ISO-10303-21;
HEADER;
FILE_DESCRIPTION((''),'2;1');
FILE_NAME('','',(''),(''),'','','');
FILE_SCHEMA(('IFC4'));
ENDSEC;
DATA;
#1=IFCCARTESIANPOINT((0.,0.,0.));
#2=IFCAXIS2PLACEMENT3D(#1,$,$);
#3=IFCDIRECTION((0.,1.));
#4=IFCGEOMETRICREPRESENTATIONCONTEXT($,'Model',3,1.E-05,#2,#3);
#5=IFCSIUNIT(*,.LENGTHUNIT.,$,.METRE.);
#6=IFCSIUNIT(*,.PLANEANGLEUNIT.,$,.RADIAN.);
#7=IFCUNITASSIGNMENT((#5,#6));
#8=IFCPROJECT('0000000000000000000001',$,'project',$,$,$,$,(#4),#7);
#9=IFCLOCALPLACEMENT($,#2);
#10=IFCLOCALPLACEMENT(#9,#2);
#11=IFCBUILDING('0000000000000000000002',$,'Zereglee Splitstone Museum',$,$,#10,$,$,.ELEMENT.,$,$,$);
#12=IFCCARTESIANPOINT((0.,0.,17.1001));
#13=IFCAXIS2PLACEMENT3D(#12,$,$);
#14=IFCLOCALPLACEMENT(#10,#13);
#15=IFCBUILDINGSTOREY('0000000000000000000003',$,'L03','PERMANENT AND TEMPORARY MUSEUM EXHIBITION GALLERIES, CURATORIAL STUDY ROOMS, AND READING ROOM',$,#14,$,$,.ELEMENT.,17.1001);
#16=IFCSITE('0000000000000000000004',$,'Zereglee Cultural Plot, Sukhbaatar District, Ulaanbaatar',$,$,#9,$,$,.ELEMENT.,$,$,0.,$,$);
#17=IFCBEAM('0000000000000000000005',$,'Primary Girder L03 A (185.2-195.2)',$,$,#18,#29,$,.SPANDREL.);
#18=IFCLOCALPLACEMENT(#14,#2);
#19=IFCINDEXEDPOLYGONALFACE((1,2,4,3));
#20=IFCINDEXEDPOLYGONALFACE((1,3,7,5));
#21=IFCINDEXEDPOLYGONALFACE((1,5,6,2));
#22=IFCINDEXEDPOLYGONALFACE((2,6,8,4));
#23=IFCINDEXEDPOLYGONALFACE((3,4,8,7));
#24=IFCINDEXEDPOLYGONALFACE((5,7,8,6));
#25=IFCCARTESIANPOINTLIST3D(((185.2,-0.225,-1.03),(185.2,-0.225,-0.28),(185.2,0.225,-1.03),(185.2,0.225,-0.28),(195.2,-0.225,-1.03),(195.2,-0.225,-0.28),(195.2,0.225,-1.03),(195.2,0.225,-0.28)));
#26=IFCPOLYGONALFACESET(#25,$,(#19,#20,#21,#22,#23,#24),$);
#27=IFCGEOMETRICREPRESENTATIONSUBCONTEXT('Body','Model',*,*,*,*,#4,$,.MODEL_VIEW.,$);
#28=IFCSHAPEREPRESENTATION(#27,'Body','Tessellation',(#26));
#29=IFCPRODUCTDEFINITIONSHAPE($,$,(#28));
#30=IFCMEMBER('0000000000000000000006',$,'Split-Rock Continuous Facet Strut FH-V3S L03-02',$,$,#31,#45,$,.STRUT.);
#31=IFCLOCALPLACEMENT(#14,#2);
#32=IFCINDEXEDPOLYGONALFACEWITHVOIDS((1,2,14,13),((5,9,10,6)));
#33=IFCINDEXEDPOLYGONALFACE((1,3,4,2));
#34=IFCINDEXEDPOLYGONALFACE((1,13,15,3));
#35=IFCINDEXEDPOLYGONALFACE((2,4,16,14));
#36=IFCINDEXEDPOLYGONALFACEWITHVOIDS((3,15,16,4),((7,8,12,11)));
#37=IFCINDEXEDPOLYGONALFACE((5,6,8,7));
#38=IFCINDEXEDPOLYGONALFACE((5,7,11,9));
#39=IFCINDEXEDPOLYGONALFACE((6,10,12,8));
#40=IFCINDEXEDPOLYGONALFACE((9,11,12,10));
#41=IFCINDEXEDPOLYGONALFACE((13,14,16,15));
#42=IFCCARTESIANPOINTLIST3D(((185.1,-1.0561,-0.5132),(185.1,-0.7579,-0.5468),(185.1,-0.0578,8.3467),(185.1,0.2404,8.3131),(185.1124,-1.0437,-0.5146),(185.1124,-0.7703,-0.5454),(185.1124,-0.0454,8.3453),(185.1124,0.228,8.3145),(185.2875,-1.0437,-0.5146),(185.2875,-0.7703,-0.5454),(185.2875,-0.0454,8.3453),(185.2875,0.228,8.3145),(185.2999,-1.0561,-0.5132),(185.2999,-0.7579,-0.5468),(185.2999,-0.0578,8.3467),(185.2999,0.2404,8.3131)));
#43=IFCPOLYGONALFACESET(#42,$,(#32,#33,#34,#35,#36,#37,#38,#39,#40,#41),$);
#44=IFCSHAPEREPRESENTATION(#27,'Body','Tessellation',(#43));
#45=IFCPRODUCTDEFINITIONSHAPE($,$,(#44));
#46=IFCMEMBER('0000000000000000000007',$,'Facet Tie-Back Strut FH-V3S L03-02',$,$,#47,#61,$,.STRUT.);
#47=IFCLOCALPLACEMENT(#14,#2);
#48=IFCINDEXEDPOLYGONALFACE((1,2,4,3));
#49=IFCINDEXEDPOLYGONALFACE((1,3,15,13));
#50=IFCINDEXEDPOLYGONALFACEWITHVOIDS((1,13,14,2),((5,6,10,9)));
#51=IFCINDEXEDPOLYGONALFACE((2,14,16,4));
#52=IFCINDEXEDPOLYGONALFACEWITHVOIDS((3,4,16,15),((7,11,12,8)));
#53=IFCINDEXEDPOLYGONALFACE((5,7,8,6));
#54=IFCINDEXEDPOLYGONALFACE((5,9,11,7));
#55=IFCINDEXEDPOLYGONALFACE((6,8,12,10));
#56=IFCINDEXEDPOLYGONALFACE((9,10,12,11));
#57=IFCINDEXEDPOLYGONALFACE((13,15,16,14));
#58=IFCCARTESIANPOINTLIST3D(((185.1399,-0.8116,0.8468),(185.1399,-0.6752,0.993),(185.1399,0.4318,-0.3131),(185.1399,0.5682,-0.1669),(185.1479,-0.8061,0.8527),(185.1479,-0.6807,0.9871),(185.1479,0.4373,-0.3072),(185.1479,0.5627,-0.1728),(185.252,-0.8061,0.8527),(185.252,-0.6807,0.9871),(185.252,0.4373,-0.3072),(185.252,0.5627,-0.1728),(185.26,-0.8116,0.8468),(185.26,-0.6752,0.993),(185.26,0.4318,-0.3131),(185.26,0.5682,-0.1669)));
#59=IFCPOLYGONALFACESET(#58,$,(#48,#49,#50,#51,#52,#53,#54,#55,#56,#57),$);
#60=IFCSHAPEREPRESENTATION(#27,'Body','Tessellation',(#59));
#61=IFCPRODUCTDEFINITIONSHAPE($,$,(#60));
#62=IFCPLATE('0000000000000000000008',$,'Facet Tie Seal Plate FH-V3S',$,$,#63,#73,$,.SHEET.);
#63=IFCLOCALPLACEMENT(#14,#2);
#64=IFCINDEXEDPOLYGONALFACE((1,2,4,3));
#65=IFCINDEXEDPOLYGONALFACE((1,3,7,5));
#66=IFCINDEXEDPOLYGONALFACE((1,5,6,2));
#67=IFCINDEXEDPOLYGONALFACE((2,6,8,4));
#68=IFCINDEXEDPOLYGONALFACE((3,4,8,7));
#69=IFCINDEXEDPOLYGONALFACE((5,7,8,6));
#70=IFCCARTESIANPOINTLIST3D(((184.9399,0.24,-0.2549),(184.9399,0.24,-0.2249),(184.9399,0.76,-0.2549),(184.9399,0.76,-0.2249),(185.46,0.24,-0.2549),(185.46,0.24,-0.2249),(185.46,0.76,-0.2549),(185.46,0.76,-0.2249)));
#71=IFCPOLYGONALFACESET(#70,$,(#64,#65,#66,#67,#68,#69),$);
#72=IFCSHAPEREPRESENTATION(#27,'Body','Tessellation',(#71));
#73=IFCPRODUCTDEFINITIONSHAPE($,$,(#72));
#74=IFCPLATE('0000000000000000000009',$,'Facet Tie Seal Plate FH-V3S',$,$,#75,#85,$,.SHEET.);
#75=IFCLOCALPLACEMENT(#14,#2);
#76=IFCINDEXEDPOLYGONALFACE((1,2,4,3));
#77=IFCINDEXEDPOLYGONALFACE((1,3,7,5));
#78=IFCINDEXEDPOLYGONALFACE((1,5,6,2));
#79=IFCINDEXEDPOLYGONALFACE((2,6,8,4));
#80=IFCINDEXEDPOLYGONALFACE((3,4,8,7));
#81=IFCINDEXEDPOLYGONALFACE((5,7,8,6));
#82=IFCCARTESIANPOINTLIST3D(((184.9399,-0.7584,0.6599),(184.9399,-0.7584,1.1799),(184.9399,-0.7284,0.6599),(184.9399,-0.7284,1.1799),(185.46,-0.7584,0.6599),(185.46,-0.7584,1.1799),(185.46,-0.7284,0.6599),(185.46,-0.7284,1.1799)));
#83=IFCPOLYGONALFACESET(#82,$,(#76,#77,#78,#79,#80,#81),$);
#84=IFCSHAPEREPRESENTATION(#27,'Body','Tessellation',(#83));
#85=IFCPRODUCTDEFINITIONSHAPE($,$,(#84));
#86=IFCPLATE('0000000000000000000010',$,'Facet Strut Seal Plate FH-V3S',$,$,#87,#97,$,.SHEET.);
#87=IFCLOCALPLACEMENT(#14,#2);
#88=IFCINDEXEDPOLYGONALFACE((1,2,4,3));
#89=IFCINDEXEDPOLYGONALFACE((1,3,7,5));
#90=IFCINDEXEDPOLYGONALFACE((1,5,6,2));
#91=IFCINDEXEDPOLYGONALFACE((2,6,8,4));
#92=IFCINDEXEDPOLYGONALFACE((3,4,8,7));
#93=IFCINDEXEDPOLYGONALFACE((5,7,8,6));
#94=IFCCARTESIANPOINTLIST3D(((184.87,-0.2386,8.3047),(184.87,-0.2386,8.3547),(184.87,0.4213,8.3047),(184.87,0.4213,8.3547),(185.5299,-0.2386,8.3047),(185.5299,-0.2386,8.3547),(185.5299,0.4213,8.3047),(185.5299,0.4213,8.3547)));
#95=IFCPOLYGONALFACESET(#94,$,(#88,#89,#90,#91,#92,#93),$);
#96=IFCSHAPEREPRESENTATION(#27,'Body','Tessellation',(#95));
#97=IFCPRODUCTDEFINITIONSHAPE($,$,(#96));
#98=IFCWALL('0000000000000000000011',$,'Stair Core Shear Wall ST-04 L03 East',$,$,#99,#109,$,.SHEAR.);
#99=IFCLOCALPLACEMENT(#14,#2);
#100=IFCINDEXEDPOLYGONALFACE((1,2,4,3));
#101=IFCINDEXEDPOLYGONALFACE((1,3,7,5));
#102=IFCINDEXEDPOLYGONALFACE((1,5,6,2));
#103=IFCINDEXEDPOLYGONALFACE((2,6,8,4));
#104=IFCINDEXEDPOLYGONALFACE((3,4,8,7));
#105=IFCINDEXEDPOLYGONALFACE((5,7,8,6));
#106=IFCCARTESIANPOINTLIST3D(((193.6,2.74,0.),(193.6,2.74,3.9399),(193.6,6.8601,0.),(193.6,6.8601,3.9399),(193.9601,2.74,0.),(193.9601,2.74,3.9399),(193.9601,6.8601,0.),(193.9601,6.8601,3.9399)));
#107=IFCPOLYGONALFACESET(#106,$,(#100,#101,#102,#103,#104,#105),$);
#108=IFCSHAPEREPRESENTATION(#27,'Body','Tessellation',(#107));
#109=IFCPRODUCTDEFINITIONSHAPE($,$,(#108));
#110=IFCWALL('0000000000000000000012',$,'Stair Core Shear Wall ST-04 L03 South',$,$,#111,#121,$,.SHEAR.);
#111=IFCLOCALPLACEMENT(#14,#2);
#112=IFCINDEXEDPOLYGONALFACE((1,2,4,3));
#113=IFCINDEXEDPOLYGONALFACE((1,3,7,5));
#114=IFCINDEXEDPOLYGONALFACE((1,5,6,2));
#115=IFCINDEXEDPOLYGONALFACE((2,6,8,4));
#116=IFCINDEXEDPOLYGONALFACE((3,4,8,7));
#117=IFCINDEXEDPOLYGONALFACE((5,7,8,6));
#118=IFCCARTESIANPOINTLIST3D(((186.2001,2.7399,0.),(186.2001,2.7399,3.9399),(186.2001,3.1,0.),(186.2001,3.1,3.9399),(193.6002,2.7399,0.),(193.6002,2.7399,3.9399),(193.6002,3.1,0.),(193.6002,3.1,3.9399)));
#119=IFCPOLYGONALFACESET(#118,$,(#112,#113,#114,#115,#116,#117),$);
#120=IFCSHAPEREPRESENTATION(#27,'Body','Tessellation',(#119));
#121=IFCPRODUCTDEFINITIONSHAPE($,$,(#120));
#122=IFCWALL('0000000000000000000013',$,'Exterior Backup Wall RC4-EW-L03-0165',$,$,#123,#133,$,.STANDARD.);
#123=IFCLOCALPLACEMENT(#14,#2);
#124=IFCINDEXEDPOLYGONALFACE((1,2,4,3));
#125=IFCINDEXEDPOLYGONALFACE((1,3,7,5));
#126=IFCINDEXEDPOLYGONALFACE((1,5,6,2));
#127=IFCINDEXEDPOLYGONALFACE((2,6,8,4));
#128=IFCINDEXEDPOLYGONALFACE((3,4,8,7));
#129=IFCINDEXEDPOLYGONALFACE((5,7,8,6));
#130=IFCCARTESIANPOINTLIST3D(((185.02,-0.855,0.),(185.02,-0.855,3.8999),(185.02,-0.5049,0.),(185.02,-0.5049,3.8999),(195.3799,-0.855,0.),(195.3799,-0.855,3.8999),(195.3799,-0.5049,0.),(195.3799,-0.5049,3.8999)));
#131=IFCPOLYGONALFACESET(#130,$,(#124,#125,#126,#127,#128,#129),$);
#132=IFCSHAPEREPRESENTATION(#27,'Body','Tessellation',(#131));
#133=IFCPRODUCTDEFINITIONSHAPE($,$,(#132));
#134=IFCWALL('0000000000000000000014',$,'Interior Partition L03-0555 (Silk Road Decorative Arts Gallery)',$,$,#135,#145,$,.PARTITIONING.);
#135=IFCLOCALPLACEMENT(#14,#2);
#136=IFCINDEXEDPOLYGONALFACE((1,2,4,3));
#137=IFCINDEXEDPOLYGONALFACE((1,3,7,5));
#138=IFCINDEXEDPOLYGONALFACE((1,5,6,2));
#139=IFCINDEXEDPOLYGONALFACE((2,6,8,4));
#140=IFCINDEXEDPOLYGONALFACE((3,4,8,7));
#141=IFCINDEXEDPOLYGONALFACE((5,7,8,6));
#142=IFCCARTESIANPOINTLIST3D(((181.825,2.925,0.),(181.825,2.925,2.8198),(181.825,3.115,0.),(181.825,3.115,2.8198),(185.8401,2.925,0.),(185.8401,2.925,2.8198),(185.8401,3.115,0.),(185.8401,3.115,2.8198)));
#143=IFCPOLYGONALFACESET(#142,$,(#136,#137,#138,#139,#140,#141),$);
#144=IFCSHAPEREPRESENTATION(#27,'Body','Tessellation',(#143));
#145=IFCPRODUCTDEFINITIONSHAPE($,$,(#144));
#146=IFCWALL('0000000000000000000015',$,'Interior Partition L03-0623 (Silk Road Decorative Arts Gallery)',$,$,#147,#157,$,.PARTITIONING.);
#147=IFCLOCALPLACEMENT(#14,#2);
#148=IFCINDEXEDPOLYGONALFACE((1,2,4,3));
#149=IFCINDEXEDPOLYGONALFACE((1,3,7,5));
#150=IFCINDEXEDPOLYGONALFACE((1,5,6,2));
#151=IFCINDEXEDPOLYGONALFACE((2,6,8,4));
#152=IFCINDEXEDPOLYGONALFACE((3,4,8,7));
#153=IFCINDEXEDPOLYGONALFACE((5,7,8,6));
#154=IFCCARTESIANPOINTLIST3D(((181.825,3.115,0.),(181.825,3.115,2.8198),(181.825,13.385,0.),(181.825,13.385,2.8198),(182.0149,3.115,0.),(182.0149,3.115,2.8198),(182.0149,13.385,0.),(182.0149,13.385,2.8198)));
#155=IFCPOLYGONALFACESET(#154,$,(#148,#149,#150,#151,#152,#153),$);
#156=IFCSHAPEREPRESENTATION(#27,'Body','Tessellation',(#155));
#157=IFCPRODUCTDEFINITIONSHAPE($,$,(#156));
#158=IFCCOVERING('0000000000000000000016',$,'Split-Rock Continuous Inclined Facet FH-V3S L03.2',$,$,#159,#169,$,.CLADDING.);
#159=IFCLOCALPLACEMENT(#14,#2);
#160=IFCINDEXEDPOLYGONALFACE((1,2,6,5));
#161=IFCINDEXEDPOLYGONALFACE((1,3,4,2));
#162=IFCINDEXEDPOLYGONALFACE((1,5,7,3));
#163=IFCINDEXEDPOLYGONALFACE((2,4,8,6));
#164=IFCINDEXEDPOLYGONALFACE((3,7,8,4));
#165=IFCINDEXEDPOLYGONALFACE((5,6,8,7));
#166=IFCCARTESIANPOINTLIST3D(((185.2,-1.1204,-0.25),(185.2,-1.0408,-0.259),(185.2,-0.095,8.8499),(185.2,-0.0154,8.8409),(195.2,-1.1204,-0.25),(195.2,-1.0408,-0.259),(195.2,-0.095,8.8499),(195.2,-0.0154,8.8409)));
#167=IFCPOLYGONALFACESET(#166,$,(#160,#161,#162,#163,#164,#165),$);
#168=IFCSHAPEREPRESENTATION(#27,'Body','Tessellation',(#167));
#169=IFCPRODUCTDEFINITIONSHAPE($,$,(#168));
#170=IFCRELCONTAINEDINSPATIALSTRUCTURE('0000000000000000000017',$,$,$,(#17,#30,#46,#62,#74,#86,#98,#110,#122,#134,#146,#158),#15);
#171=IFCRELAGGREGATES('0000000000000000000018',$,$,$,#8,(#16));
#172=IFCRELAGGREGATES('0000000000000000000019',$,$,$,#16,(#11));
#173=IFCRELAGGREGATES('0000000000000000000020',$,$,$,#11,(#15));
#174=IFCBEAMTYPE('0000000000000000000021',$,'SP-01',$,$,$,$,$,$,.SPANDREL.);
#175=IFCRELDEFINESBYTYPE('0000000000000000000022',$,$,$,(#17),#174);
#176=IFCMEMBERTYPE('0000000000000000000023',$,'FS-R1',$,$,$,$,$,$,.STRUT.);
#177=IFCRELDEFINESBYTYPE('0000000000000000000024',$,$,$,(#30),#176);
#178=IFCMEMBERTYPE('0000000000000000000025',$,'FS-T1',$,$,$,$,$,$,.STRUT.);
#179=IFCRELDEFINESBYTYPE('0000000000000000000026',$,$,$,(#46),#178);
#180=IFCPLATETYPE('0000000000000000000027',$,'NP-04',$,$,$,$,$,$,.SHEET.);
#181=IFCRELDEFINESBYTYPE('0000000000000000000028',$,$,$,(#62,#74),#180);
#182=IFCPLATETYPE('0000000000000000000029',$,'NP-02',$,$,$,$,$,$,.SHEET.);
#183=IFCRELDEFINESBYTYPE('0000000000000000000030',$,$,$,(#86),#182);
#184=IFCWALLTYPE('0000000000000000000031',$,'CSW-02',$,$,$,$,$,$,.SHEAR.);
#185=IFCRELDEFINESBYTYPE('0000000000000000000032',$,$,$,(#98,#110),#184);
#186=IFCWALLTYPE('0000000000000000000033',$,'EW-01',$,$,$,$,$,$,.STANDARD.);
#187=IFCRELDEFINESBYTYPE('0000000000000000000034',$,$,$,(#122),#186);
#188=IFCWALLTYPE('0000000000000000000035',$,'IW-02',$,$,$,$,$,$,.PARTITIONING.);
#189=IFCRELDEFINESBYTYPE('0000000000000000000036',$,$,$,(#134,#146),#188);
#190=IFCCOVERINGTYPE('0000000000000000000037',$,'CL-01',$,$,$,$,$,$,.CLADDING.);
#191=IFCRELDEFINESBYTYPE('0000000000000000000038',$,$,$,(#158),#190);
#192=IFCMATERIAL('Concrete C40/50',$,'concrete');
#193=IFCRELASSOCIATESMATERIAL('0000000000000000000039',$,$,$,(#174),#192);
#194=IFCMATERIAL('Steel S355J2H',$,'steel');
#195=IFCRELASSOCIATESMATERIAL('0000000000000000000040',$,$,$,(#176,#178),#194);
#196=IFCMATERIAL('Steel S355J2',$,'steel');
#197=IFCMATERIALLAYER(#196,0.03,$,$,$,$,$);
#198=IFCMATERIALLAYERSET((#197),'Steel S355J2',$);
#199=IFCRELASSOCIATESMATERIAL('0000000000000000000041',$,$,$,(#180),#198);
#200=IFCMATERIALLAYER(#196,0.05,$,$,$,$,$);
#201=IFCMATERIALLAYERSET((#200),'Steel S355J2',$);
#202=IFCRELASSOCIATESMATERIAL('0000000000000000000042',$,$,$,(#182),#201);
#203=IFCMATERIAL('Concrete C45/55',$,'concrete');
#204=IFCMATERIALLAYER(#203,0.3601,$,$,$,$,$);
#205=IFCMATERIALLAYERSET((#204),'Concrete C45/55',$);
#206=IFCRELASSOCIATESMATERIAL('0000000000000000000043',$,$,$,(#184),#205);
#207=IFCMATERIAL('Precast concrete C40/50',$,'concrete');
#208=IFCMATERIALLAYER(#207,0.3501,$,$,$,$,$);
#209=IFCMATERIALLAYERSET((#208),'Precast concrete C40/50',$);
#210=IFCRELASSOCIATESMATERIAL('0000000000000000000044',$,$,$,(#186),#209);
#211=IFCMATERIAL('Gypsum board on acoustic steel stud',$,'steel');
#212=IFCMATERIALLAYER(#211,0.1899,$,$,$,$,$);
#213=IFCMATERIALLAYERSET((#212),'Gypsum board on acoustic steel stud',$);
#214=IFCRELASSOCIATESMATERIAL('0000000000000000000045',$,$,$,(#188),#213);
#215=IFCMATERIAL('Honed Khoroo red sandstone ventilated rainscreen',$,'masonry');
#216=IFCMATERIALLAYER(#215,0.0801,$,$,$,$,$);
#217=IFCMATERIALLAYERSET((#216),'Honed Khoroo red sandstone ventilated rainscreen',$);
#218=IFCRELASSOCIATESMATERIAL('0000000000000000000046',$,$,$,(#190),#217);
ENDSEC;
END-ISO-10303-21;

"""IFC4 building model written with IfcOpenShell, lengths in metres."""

from ifc_helpers import new_model, si_unit, direction, frame, frame_2d, origin, origin_2d, place, context, subcontext, project, spatial, polyline, rectangle, hollow_rectangle, outline, extrude, material, layer, layer_set, material_profile, profile_set, type_object, element, save


model = new_model("IFC4")

# Units and contexts
model_context = context("Model", 3, precision=1e-05, world=origin(), true_north=direction((0.0, 1.0)))
body_context = subcontext(model_context, "Body", "Model", "MODEL_VIEW")
ifc_project = project(units=[si_unit("LENGTHUNIT", "METRE"), si_unit("PLANEANGLEUNIT", "RADIAN")], contexts=[model_context])

# Site, building, storey
site_placement = place(None, origin())
site = spatial("IfcSite", under=ifc_project, at=site_placement, Name="Zereglee Cultural Plot, Sukhbaatar District, Ulaanbaatar", CompositionType="ELEMENT", RefElevation=0.0)
building_placement = place(site_placement, origin())
building = spatial("IfcBuilding", under=site, at=building_placement, Name="Zereglee Splitstone Museum", CompositionType="ELEMENT")
storey_placement = place(building_placement, frame((0.0, 0.0, 17.1001)))
storey = spatial("IfcBuildingStorey", under=building, at=storey_placement, Name="L03", Description="PERMANENT AND TEMPORARY MUSEUM EXHIBITION GALLERIES, CURATORIAL STUDY ROOMS, AND READING ROOM", CompositionType="ELEMENT", Elevation=17.1001)

# Shared definitions
ifc_material_1 = material(Name="Steel S355J2", Category="steel")

# Beam
ifc_material_2 = material(Name="Concrete C40/50", Category="concrete")
ifc_material_profile_1 = material_profile(ifc_material_2, rectangle(XDim=0.45, YDim=0.75, at=origin_2d()), Name="RC 450x750")
ifc_profile_set_1 = profile_set([ifc_material_profile_1], Name="Concrete C40/50")
beam_type_1 = type_object("IfcBeamType", Name="SP-01", PredefinedType="SPANDREL", material=ifc_profile_set_1)
beam_1_placement = place(storey_placement, frame((185.2, 0.0, -0.655), z_axis=(1.0, 0.0, 0.0), x_axis=(0.0, 1.0, 0.0)))
element("IfcBeam", 1, at=beam_1_placement, inside=storey, type_object=beam_type_1, Name="Primary Girder L03 A (185.2-195.2)", PredefinedType="SPANDREL", context=body_context, shape_type="SweptSolid", body=[
    extrude(rectangle(XDim=0.45, YDim=0.75, at=origin_2d()), origin(), (0.0, 0.0, 1.0), 10.0),
])

# Members
ifc_material_3 = material(Name="Steel S355J2H", Category="steel")
ifc_material_profile_2 = material_profile(ifc_material_3, hollow_rectangle(XDim=0.2, YDim=0.3, WallThickness=0.0125, at=origin_2d()), Name="RHS 300x200x12.5")
ifc_profile_set_2 = profile_set([ifc_material_profile_2], Name="Steel S355J2H")
member_type_1 = type_object("IfcMemberType", Name="FS-R1", PredefinedType="STRUT", material=ifc_profile_set_2)
member_1_placement = place(storey_placement, frame((185.2, -0.907, -0.53), z_axis=(0.0, 0.111967, 0.993712), x_axis=(-1.0, 0.0, 0.0)))
element("IfcMember", 2, at=member_1_placement, inside=storey, type_object=member_type_1, Name="Split-Rock Continuous Facet Strut FH-V3S L03-02", PredefinedType="STRUT", context=body_context, shape_type="SweptSolid", body=[
    extrude(hollow_rectangle(XDim=0.2, YDim=0.3, WallThickness=0.0125, at=origin_2d()), origin(), (0.0, 0.0, 1.0), 8.916),
])
ifc_material_profile_3 = material_profile(ifc_material_3, hollow_rectangle(XDim=0.1201, YDim=0.2, WallThickness=0.0081, at=origin_2d()), Name="RHS 200x120x8")
ifc_profile_set_3 = profile_set([ifc_material_profile_3], Name="Steel S355J2H")
member_type_2 = type_object("IfcMemberType", Name="FS-T1", PredefinedType="STRUT", material=ifc_profile_set_3)
member_2_placement = place(storey_placement, frame((185.2, 0.5, -0.24), z_axis=(0.0, -0.731232, 0.682129), x_axis=(1.0, 0.0, 0.0)))
element("IfcMember", 3, at=member_2_placement, inside=storey, type_object=member_type_2, Name="Facet Tie-Back Strut FH-V3S L03-02", PredefinedType="STRUT", context=body_context, shape_type="SweptSolid", body=[
    extrude(hollow_rectangle(XDim=0.1201, YDim=0.2, WallThickness=0.0081, at=origin_2d()), origin(), (0.0, 0.0, 1.0), 1.7004),
])

# Plates
ifc_layer_1 = layer(ifc_material_1, 0.03)
ifc_layer_set_1 = layer_set([ifc_layer_1], Name="Steel S355J2")
plate_type_1 = type_object("IfcPlateType", Name="NP-04", PredefinedType="SHEET", material=ifc_layer_set_1)
plate_1_placement = place(storey_placement, frame((185.2, 0.5, -0.2549), z_axis=(0.0, 0.0, 1.0), x_axis=(1.0, 0.0, 0.0)))
element("IfcPlate", 4, at=plate_1_placement, inside=storey, type_object=plate_type_1, Name="Facet Tie Seal Plate FH-V3S", PredefinedType="SHEET", context=body_context, shape_type="SweptSolid", body=[
    extrude(rectangle(XDim=0.52, YDim=0.52, at=origin_2d()), origin(), (0.0, 0.0, 1.0), 0.03),
])
plate_2_placement = place(storey_placement, frame((185.2, -0.7434, 0.6599), z_axis=(0.0, 0.0, 1.0), x_axis=(1.0, 0.0, 0.0)))
element("IfcPlate", 5, at=plate_2_placement, inside=storey, type_object=plate_type_1, Name="Facet Tie Seal Plate FH-V3S", PredefinedType="SHEET", context=body_context, shape_type="SweptSolid", body=[
    extrude(rectangle(XDim=0.52, YDim=0.03, at=origin_2d()), origin(), (0.0, 0.0, 1.0), 0.52),
])
ifc_layer_2 = layer(ifc_material_1, 0.05)
ifc_layer_set_2 = layer_set([ifc_layer_2], Name="Steel S355J2")
plate_type_2 = type_object("IfcPlateType", Name="NP-02", PredefinedType="SHEET", material=ifc_layer_set_2)
plate_3_placement = place(storey_placement, frame((185.2, 0.0913, 8.3047), z_axis=(0.0, 0.0, 1.0), x_axis=(1.0, 0.0, 0.0)))
element("IfcPlate", 6, at=plate_3_placement, inside=storey, type_object=plate_type_2, Name="Facet Strut Seal Plate FH-V3S", PredefinedType="SHEET", context=body_context, shape_type="SweptSolid", body=[
    extrude(rectangle(XDim=0.6599, YDim=0.6599, at=origin_2d()), origin(), (0.0, 0.0, 1.0), 0.05),
])

# Shared definitions
ifc_material_4 = material(Name="Concrete C45/55", Category="concrete")
ifc_layer_3 = layer(ifc_material_4, 0.3601)
ifc_layer_set_3 = layer_set([ifc_layer_3], Name="Concrete C45/55")
wall_type_1 = type_object("IfcWallType", Name="CSW-02", PredefinedType="SHEAR", material=ifc_layer_set_3)

# Walls
wall_1_placement = place(storey_placement, frame((193.78, 2.74, 0.0), z_axis=(0.0, 0.0, 1.0), x_axis=(0.0, 1.0, 0.0)))
element("IfcWall", 7, at=wall_1_placement, inside=storey, type_object=wall_type_1, Name="Stair Core Shear Wall ST-04 L03 East", PredefinedType="SHEAR", context=body_context, shape_type="SweptSolid", body=[
    extrude(rectangle(XDim=4.1201, YDim=0.3601, at=frame_2d((2.0601, 0.0))), origin(), (0.0, 0.0, 1.0), 3.9399),
])
wall_2_placement = place(storey_placement, frame((186.2, 2.9199, 0.0), z_axis=(0.0, 0.0, 1.0), x_axis=(1.0, 0.0, 0.0)))
element("IfcWall", 8, at=wall_2_placement, inside=storey, type_object=wall_type_1, Name="Stair Core Shear Wall ST-04 L03 South", PredefinedType="SHEAR", context=body_context, shape_type="SweptSolid", body=[
    extrude(rectangle(XDim=7.4001, YDim=0.3601, at=frame_2d((3.7002, 0.0))), origin(), (0.0, 0.0, 1.0), 3.9399),
])
ifc_material_5 = material(Name="Precast concrete C40/50", Category="concrete")
ifc_layer_4 = layer(ifc_material_5, 0.3501)
ifc_layer_set_4 = layer_set([ifc_layer_4], Name="Precast concrete C40/50")
wall_type_2 = type_object("IfcWallType", Name="EW-01", PredefinedType="STANDARD", material=ifc_layer_set_4)
wall_3_placement = place(storey_placement, frame((185.02, -0.6799, 0.0), z_axis=(0.0, 0.0, 1.0), x_axis=(1.0, 0.0, 0.0)))
element("IfcWall", 9, at=wall_3_placement, inside=storey, type_object=wall_type_2, Name="Exterior Backup Wall RC4-EW-L03-0165", PredefinedType="STANDARD", context=body_context, shape_type="SweptSolid", body=[
    extrude(rectangle(XDim=10.3599, YDim=0.3501, at=frame_2d((5.1799, 0.0))), origin(), (0.0, 0.0, 1.0), 3.8999),
])
ifc_material_6 = material(Name="Gypsum board on acoustic steel stud", Category="steel")
ifc_layer_5 = layer(ifc_material_6, 0.1899)
ifc_layer_set_5 = layer_set([ifc_layer_5], Name="Gypsum board on acoustic steel stud")
wall_type_3 = type_object("IfcWallType", Name="IW-02", PredefinedType="PARTITIONING", material=ifc_layer_set_5)
wall_4_placement = place(storey_placement, frame((181.825, 3.02, 0.0), z_axis=(0.0, 0.0, 1.0), x_axis=(1.0, 0.0, 0.0)))
element("IfcWall", 10, at=wall_4_placement, inside=storey, type_object=wall_type_3, Name="Interior Partition L03-0555 (Silk Road Decorative Arts Gallery)", PredefinedType="PARTITIONING", context=body_context, shape_type="SweptSolid", body=[
    extrude(rectangle(XDim=4.0151, YDim=0.1899, at=frame_2d((2.0076, 0.0))), origin(), (0.0, 0.0, 1.0), 2.8198),
])
wall_5_placement = place(storey_placement, frame((181.9199, 3.115, 0.0), z_axis=(0.0, 0.0, 1.0), x_axis=(0.0, 1.0, 0.0)))
element("IfcWall", 11, at=wall_5_placement, inside=storey, type_object=wall_type_3, Name="Interior Partition L03-0623 (Silk Road Decorative Arts Gallery)", PredefinedType="PARTITIONING", context=body_context, shape_type="SweptSolid", body=[
    extrude(rectangle(XDim=10.27, YDim=0.1899, at=frame_2d((5.135, 0.0))), origin(), (0.0, 0.0, 1.0), 2.8198),
])

# Covering
ifc_material_7 = material(Name="Honed Khoroo red sandstone ventilated rainscreen", Category="masonry")
ifc_layer_6 = layer(ifc_material_7, 0.0801)
ifc_layer_set_6 = layer_set([ifc_layer_6], Name="Honed Khoroo red sandstone ventilated rainscreen")
covering_type = type_object("IfcCoveringType", Name="CL-01", PredefinedType="CLADDING", material=ifc_layer_set_6)
covering_placement = place(storey_placement, frame((185.2, -1.1204, -0.25), z_axis=(0.0, -0.993711, 0.111973), x_axis=(1.0, 0.0, 0.0)))
element("IfcCovering", 12, at=covering_placement, inside=storey, type_object=covering_type, Name="Split-Rock Continuous Inclined Facet FH-V3S L03.2", PredefinedType="CLADDING", context=body_context, shape_type="SweptSolid", body=[
    extrude(outline(polyline([(0.0, 0.0), (10.0, 0.0), (10.0, 9.1574), (0.0, 9.1574), (0.0, 0.0)])), origin(), (0.0, 0.0, -1.0), 0.0801),
])

save(model, "model.ifc")
